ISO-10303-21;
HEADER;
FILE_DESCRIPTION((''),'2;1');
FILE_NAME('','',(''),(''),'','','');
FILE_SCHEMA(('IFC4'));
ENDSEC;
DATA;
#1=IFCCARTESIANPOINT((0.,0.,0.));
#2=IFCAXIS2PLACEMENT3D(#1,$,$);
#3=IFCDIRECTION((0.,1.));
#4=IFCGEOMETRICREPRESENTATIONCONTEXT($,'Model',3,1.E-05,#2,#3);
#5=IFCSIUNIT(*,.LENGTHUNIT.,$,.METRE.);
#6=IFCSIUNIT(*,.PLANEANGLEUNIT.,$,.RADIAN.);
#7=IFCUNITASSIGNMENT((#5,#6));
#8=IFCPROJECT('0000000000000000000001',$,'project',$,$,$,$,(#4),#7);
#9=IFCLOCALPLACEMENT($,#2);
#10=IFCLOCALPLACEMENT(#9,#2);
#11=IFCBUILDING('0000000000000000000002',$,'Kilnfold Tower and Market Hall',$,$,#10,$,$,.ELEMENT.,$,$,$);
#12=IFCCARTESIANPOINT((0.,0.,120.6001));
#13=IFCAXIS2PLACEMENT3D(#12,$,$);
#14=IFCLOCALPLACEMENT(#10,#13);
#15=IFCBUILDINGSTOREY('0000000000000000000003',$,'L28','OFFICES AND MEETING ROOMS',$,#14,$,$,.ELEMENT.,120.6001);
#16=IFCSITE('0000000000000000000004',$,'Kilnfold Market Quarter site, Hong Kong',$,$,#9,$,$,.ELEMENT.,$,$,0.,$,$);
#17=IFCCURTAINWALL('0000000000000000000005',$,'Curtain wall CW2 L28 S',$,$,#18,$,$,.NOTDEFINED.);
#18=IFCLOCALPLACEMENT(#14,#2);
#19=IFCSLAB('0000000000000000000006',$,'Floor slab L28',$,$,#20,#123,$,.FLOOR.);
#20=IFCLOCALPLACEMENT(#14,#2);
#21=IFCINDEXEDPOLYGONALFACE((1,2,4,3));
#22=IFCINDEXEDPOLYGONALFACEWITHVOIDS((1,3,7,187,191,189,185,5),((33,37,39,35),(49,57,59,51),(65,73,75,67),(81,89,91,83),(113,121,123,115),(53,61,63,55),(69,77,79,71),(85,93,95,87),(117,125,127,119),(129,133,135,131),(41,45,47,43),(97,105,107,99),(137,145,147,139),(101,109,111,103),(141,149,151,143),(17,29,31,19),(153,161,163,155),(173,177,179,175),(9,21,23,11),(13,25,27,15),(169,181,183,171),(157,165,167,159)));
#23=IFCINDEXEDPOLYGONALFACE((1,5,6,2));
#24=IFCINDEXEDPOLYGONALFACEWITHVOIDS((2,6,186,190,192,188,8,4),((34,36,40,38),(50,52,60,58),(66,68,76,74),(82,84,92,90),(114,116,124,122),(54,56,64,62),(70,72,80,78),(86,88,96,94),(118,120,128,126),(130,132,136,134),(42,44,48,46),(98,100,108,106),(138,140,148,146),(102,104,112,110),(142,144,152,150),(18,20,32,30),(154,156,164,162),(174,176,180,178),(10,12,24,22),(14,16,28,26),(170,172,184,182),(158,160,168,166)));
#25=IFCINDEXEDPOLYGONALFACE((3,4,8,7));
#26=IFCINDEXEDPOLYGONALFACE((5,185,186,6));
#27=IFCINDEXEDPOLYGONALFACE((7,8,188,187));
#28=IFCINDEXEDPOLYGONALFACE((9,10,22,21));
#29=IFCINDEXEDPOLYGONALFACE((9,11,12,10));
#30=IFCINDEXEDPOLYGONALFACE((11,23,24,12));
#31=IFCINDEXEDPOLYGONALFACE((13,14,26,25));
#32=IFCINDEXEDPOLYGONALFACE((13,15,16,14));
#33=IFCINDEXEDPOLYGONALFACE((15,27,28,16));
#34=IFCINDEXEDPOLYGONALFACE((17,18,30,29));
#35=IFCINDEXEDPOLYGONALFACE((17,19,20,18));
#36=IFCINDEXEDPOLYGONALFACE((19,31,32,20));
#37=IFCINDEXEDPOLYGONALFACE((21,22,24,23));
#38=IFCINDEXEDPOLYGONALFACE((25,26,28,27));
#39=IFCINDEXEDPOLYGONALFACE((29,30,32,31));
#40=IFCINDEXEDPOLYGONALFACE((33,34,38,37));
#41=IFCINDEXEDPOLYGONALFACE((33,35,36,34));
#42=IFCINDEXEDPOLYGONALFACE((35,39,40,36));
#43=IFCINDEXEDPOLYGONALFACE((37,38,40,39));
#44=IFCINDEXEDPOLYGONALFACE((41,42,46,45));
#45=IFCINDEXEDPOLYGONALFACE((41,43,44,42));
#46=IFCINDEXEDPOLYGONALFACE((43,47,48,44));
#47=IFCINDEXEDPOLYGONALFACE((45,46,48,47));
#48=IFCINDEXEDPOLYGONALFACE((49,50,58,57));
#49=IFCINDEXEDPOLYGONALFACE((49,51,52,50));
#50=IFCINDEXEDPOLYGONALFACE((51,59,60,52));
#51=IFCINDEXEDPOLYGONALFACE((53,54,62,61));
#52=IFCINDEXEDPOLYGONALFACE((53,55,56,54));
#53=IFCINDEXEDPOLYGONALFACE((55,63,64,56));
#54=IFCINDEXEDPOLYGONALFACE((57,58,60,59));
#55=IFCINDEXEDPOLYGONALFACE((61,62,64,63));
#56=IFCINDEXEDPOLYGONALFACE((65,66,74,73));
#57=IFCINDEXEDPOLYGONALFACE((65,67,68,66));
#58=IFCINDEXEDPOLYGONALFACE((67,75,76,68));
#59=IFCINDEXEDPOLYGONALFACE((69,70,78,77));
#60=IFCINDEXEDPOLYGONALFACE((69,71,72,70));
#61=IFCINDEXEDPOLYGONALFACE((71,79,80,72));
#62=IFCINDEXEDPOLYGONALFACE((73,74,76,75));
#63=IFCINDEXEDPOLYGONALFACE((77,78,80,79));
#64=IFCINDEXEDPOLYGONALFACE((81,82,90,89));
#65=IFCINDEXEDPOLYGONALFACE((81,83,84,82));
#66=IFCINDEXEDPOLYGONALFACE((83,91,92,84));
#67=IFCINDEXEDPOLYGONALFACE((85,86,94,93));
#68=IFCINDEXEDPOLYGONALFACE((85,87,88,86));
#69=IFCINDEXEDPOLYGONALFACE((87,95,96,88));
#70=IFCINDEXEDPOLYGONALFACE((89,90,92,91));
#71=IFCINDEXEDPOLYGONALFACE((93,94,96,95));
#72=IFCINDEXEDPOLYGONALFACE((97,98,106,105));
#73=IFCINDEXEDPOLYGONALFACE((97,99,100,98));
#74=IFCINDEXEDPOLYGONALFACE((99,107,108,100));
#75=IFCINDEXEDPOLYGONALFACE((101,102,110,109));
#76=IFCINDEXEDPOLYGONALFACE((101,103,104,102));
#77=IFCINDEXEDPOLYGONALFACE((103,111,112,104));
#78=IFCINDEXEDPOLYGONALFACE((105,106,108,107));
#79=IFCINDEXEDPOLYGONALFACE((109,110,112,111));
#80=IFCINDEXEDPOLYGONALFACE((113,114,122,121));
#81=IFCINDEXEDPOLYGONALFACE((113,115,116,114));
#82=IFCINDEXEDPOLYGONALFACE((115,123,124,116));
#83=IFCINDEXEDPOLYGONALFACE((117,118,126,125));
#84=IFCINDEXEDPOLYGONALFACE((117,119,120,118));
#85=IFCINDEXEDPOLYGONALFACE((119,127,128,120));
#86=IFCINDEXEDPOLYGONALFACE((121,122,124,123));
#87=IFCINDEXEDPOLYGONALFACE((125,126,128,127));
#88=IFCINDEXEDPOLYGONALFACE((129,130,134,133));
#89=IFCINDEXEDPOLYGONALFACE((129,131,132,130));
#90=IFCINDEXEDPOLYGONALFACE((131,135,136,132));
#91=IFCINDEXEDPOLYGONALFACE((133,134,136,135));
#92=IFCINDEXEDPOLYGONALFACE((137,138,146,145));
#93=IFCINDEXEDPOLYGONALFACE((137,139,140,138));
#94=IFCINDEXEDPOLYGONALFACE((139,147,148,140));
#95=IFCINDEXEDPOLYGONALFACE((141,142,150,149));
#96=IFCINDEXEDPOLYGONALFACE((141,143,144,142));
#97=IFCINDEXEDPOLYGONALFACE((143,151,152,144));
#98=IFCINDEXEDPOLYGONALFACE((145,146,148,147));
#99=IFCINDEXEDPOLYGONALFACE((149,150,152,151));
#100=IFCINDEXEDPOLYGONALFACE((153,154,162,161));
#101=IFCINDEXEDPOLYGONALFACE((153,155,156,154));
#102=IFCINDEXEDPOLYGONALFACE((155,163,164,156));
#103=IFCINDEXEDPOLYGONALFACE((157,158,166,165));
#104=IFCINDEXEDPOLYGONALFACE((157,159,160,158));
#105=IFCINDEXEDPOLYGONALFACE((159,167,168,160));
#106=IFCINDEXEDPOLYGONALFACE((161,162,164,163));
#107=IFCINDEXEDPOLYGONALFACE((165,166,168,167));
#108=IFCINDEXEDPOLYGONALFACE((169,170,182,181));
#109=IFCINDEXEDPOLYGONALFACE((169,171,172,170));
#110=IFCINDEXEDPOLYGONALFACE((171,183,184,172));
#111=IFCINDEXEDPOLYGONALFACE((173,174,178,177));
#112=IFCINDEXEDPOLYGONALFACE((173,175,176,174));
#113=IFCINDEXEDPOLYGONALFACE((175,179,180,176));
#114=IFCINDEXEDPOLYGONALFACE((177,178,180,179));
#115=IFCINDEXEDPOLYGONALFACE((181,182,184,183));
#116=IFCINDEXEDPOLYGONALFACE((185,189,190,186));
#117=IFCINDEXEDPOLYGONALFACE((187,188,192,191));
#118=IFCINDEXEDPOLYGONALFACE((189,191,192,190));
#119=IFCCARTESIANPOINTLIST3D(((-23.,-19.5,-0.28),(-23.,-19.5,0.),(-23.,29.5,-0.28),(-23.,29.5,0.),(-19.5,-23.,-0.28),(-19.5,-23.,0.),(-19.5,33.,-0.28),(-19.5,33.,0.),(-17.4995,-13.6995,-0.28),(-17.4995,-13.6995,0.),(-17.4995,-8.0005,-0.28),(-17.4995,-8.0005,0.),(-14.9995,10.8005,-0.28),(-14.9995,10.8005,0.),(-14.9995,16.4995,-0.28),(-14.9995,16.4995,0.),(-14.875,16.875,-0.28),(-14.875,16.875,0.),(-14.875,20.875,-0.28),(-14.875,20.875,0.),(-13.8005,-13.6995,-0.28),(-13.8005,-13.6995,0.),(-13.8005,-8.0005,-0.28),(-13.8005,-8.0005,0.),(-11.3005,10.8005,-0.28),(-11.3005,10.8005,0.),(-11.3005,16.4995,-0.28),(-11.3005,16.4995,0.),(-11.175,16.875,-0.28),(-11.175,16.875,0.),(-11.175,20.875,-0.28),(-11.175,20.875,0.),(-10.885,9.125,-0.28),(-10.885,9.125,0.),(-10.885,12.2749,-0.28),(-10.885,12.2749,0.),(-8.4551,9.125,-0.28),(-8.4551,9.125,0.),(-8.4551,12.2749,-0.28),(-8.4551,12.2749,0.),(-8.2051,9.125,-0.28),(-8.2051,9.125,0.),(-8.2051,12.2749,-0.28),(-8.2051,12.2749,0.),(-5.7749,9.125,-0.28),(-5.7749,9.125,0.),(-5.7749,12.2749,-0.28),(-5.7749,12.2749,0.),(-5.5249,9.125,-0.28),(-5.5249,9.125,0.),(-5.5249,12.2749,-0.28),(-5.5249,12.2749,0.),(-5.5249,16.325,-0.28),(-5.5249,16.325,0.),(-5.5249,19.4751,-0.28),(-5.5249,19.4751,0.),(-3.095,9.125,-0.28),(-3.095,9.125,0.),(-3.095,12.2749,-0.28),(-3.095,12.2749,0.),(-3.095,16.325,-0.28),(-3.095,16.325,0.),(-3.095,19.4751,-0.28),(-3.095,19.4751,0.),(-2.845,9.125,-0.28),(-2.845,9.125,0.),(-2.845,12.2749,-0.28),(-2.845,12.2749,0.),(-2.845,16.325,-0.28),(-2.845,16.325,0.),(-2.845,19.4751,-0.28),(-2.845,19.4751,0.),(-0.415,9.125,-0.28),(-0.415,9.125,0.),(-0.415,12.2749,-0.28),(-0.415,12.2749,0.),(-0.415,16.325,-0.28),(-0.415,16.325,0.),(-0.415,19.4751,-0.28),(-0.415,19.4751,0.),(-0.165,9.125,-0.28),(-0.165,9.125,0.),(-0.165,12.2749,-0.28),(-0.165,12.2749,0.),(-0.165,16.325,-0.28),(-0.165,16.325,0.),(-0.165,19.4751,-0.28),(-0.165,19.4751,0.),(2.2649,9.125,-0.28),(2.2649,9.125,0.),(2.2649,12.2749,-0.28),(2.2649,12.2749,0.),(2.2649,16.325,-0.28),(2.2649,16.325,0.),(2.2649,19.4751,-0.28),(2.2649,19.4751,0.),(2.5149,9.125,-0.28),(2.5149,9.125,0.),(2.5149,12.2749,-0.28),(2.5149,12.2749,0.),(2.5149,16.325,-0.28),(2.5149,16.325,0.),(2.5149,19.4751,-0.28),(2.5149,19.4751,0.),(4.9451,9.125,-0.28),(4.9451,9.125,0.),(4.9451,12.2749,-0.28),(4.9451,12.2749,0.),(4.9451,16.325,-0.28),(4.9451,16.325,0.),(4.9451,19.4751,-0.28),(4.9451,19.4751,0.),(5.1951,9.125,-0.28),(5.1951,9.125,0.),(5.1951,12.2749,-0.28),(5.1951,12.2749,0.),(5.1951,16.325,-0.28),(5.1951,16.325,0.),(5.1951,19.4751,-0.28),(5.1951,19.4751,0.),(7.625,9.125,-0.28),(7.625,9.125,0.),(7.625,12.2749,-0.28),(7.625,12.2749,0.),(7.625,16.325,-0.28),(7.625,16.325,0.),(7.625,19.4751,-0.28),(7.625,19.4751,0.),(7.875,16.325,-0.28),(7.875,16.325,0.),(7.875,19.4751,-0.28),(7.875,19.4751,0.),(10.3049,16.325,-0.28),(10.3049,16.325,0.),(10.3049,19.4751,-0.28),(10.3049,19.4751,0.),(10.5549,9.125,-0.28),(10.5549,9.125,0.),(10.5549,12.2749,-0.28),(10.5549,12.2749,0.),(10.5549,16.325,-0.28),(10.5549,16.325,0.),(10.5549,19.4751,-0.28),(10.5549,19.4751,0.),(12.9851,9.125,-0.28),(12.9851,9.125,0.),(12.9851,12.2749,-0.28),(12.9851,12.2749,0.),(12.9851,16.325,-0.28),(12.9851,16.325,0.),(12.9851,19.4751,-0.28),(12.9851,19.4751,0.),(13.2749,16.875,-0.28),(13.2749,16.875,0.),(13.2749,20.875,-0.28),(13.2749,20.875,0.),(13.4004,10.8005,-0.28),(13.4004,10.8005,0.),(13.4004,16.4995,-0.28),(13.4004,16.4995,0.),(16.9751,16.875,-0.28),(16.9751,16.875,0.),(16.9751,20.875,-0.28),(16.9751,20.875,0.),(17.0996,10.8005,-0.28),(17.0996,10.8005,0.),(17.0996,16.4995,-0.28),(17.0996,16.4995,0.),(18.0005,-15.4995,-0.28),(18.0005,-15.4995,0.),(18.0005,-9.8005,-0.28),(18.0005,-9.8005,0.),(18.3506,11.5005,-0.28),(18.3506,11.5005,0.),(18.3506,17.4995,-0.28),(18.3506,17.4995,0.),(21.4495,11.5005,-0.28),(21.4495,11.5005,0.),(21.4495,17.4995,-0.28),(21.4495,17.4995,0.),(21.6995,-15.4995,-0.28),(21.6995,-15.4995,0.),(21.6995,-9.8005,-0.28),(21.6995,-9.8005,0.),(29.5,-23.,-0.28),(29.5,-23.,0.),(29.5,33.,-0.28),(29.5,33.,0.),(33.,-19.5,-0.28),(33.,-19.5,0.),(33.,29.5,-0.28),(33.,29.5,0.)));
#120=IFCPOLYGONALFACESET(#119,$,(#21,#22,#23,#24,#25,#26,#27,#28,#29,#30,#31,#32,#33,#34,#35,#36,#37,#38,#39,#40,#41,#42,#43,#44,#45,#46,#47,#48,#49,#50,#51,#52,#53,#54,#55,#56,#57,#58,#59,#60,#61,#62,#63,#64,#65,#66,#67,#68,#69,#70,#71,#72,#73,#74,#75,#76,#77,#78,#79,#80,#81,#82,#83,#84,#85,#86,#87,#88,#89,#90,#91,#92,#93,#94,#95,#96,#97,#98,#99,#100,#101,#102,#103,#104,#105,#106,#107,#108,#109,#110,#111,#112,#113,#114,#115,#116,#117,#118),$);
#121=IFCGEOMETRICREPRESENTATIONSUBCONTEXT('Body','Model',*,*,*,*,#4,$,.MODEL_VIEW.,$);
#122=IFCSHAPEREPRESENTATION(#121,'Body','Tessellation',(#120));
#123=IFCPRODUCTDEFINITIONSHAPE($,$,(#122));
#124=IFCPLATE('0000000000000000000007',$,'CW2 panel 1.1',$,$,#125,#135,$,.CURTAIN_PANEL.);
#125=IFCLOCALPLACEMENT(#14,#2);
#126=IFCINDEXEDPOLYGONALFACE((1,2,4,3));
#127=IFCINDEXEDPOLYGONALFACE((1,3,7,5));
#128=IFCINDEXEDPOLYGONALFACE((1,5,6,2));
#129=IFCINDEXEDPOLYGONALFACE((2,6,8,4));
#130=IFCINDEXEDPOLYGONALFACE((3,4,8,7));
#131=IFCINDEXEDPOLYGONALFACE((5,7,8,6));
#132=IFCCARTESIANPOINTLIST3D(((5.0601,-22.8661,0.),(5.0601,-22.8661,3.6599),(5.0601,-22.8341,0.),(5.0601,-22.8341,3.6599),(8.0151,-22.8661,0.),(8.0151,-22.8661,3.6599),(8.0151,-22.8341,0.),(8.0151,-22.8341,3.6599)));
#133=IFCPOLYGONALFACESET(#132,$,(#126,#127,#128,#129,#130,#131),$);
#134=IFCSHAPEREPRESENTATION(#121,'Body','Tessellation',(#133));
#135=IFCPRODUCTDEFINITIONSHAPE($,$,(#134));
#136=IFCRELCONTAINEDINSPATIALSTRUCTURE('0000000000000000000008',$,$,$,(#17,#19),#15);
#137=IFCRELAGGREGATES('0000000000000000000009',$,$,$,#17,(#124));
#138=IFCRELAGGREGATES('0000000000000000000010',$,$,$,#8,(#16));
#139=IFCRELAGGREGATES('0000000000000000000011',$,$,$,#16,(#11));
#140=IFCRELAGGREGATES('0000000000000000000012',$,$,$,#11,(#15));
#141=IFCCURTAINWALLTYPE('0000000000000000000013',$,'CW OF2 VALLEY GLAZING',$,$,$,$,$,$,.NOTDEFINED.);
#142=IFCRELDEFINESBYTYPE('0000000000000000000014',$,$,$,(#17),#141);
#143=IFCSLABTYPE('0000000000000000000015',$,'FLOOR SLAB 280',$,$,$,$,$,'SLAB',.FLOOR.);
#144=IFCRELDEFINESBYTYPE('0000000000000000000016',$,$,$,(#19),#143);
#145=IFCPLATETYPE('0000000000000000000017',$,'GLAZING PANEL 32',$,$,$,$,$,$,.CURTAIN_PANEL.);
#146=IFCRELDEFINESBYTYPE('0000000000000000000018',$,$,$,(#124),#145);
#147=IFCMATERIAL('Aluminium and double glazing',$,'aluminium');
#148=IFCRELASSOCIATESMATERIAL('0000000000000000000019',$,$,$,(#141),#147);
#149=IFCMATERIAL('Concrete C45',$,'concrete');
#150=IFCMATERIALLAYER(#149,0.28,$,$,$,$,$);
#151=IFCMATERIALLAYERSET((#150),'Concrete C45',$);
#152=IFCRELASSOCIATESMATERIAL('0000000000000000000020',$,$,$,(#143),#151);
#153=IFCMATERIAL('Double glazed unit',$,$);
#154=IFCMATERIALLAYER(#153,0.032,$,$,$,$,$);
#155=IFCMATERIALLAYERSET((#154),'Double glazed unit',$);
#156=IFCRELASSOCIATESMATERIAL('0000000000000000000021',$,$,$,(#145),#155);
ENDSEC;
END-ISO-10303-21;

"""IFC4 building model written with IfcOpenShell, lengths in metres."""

from ifc_helpers import new_model, si_unit, direction, frame, origin, origin_2d, place, context, subcontext, project, spatial, polyline, rectangle, outline, extrude, source, transform, mapped, material, layer, layer_set, type_object, element, aggregate, save


model = new_model("IFC4")

# Units and contexts
model_context = context("Model", 3, precision=1e-05, world=origin(), true_north=direction((0.0, 1.0)))
body_context = subcontext(model_context, "Body", "Model", "MODEL_VIEW")
ifc_project = project(units=[si_unit("LENGTHUNIT", "METRE"), si_unit("PLANEANGLEUNIT", "RADIAN")], contexts=[model_context])

# Site, building, storey
site_placement = place(None, origin())
site = spatial("IfcSite", under=ifc_project, at=site_placement, Name="Kilnfold Market Quarter site, Hong Kong", CompositionType="ELEMENT", RefElevation=0.0)
building_placement = place(site_placement, origin())
building = spatial("IfcBuilding", under=site, at=building_placement, Name="Kilnfold Tower and Market Hall", CompositionType="ELEMENT")
storey_placement = place(building_placement, frame((0.0, 0.0, 120.6001)))
storey = spatial("IfcBuildingStorey", under=building, at=storey_placement, Name="L28", Description="OFFICES AND MEETING ROOMS", CompositionType="ELEMENT", Elevation=120.6001)

# Shared definitions
ifc_material_1 = material(Name="Aluminium and double glazing", Category="aluminium")
curtain_wall_type = type_object("IfcCurtainWallType", Name="CW OF2 VALLEY GLAZING", PredefinedType="NOTDEFINED", material=ifc_material_1)

# Curtain wall
curtain_wall_1_placement = place(storey_placement, origin())
curtain_wall_1 = element("IfcCurtainWall", 1, at=curtain_wall_1_placement, inside=storey, type_object=curtain_wall_type, Name="Curtain wall CW2 L28 S", PredefinedType="NOTDEFINED")

# Slab
ifc_material_2 = material(Name="Concrete C45", Category="concrete")
ifc_layer_1 = layer(ifc_material_2, 0.28)
ifc_layer_set_1 = layer_set([ifc_layer_1], Name="Concrete C45")
slab_type_1 = type_object("IfcSlabType", Name="FLOOR SLAB 280", ElementType="SLAB", PredefinedType="FLOOR", material=ifc_layer_set_1)
shared_shape_1 = source(origin(), body_context, "Body", "SweptSolid", [
    extrude(outline(polyline([(-19.5, -23.0), (29.5, -23.0), (33.0, -19.5), (33.0, 29.5), (29.5, 33.0), (-19.5, 33.0), (-23.0, 29.5), (-23.0, -19.5), (-19.5, -23.0)]), holes=[polyline([(-13.8005, -13.6995), (-17.4995, -13.6995), (-17.4995, -8.0005), (-13.8005, -8.0005), (-13.8005, -13.6995)]), polyline([(-14.9995, 10.8005), (-14.9995, 16.4995), (-11.3005, 16.4995), (-11.3005, 10.8005), (-14.9995, 10.8005)]), polyline([(-14.875, 16.875), (-14.875, 20.875), (-11.175, 20.875), (-11.175, 16.875), (-14.875, 16.875)]), polyline([(-8.4551, 9.125), (-10.885, 9.125), (-10.885, 12.2749), (-8.4551, 12.2749), (-8.4551, 9.125)]), polyline([(-5.7749, 9.125), (-8.2051, 9.125), (-8.2051, 12.2749), (-5.7749, 12.2749), (-5.7749, 9.125)]), polyline([(-5.5249, 9.125), (-5.5249, 12.2749), (-3.095, 12.2749), (-3.095, 9.125), (-5.5249, 9.125)]), polyline([(-5.5249, 16.325), (-5.5249, 19.4751), (-3.095, 19.4751), (-3.095, 16.325), (-5.5249, 16.325)]), polyline([(-2.845, 9.125), (-2.845, 12.2749), (-0.415, 12.2749), (-0.415, 9.125), (-2.845, 9.125)]), polyline([(-0.415, 16.325), (-2.845, 16.325), (-2.845, 19.4751), (-0.415, 19.4751), (-0.415, 16.325)]), polyline([(2.2649, 9.125), (-0.165, 9.125), (-0.165, 12.2749), (2.2649, 12.2749), (2.2649, 9.125)]), polyline([(-0.165, 16.325), (-0.165, 19.4751), (2.2649, 19.4751), (2.2649, 16.325), (-0.165, 16.325)]), polyline([(4.9451, 9.125), (2.5149, 9.125), (2.5149, 12.2749), (4.9451, 12.2749), (4.9451, 9.125)]), polyline([(2.5149, 16.325), (2.5149, 19.4751), (4.9451, 19.4751), (4.9451, 16.325), (2.5149, 16.325)]), polyline([(7.625, 9.125), (5.1951, 9.125), (5.1951, 12.2749), (7.625, 12.2749), (7.625, 9.125)]), polyline([(5.1951, 16.325), (5.1951, 19.4751), (7.625, 19.4751), (7.625, 16.325), (5.1951, 16.325)]), polyline([(10.3049, 16.325), (7.875, 16.325), (7.875, 19.4751), (10.3049, 19.4751), (10.3049, 16.325)]), polyline([(10.5549, 9.125), (10.5549, 12.2749), (12.9851, 12.2749), (12.9851, 9.125), (10.5549, 9.125)]), polyline([(10.5549, 16.325), (10.5549, 19.4751), (12.9851, 19.4751), (12.9851, 16.325), (10.5549, 16.325)]), polyline([(13.2749, 16.875), (13.2749, 20.875), (16.9751, 20.875), (16.9751, 16.875), (13.2749, 16.875)]), polyline([(13.4004, 10.8005), (13.4004, 16.4995), (17.0996, 16.4995), (17.0996, 10.8005), (13.4004, 10.8005)]), polyline([(18.0005, -9.8005), (21.6995, -9.8005), (21.6995, -15.4995), (18.0005, -15.4995), (18.0005, -9.8005)]), polyline([(21.4495, 11.5005), (18.3506, 11.5005), (18.3506, 17.4995), (21.4495, 17.4995), (21.4495, 11.5005)])]), origin(), (0.0, 0.0, 1.0), 0.28),
])
slab_1_placement = place(storey_placement, frame((0.0, 0.0, -0.28)))
element("IfcSlab", 2, at=slab_1_placement, inside=storey, type_object=slab_type_1, Name="Floor slab L28", PredefinedType="FLOOR", context=body_context, shape_type="MappedRepresentation", body=[
    mapped(shared_shape_1, transform((0.0, 0.0, 0.0))),
])

# Plate
ifc_material_3 = material(Name="Double glazed unit")
ifc_layer_2 = layer(ifc_material_3, 0.032)
ifc_layer_set_2 = layer_set([ifc_layer_2], Name="Double glazed unit")
plate_type = type_object("IfcPlateType", Name="GLAZING PANEL 32", PredefinedType="CURTAIN_PANEL", material=ifc_layer_set_2)
shared_shape_2 = source(origin(), body_context, "Body", "SweptSolid", [
    extrude(rectangle(XDim=2.9551, YDim=0.032, at=origin_2d()), origin(), (0.0, 0.0, 1.0), 3.6599),
])
plate_placement = place(storey_placement, frame((6.5376, -22.8501, 0.0), z_axis=(0.0, 0.0, 1.0), x_axis=(1.0, 0.0, 0.0)))
plate = element("IfcPlate", 3, at=plate_placement, type_object=plate_type, Name="CW2 panel 1.1", PredefinedType="CURTAIN_PANEL", context=body_context, shape_type="MappedRepresentation", body=[
    mapped(shared_shape_2, transform((0.0, 0.0, 0.0))),
])
aggregate(curtain_wall_1, [plate])

save(model, "model.ifc")
